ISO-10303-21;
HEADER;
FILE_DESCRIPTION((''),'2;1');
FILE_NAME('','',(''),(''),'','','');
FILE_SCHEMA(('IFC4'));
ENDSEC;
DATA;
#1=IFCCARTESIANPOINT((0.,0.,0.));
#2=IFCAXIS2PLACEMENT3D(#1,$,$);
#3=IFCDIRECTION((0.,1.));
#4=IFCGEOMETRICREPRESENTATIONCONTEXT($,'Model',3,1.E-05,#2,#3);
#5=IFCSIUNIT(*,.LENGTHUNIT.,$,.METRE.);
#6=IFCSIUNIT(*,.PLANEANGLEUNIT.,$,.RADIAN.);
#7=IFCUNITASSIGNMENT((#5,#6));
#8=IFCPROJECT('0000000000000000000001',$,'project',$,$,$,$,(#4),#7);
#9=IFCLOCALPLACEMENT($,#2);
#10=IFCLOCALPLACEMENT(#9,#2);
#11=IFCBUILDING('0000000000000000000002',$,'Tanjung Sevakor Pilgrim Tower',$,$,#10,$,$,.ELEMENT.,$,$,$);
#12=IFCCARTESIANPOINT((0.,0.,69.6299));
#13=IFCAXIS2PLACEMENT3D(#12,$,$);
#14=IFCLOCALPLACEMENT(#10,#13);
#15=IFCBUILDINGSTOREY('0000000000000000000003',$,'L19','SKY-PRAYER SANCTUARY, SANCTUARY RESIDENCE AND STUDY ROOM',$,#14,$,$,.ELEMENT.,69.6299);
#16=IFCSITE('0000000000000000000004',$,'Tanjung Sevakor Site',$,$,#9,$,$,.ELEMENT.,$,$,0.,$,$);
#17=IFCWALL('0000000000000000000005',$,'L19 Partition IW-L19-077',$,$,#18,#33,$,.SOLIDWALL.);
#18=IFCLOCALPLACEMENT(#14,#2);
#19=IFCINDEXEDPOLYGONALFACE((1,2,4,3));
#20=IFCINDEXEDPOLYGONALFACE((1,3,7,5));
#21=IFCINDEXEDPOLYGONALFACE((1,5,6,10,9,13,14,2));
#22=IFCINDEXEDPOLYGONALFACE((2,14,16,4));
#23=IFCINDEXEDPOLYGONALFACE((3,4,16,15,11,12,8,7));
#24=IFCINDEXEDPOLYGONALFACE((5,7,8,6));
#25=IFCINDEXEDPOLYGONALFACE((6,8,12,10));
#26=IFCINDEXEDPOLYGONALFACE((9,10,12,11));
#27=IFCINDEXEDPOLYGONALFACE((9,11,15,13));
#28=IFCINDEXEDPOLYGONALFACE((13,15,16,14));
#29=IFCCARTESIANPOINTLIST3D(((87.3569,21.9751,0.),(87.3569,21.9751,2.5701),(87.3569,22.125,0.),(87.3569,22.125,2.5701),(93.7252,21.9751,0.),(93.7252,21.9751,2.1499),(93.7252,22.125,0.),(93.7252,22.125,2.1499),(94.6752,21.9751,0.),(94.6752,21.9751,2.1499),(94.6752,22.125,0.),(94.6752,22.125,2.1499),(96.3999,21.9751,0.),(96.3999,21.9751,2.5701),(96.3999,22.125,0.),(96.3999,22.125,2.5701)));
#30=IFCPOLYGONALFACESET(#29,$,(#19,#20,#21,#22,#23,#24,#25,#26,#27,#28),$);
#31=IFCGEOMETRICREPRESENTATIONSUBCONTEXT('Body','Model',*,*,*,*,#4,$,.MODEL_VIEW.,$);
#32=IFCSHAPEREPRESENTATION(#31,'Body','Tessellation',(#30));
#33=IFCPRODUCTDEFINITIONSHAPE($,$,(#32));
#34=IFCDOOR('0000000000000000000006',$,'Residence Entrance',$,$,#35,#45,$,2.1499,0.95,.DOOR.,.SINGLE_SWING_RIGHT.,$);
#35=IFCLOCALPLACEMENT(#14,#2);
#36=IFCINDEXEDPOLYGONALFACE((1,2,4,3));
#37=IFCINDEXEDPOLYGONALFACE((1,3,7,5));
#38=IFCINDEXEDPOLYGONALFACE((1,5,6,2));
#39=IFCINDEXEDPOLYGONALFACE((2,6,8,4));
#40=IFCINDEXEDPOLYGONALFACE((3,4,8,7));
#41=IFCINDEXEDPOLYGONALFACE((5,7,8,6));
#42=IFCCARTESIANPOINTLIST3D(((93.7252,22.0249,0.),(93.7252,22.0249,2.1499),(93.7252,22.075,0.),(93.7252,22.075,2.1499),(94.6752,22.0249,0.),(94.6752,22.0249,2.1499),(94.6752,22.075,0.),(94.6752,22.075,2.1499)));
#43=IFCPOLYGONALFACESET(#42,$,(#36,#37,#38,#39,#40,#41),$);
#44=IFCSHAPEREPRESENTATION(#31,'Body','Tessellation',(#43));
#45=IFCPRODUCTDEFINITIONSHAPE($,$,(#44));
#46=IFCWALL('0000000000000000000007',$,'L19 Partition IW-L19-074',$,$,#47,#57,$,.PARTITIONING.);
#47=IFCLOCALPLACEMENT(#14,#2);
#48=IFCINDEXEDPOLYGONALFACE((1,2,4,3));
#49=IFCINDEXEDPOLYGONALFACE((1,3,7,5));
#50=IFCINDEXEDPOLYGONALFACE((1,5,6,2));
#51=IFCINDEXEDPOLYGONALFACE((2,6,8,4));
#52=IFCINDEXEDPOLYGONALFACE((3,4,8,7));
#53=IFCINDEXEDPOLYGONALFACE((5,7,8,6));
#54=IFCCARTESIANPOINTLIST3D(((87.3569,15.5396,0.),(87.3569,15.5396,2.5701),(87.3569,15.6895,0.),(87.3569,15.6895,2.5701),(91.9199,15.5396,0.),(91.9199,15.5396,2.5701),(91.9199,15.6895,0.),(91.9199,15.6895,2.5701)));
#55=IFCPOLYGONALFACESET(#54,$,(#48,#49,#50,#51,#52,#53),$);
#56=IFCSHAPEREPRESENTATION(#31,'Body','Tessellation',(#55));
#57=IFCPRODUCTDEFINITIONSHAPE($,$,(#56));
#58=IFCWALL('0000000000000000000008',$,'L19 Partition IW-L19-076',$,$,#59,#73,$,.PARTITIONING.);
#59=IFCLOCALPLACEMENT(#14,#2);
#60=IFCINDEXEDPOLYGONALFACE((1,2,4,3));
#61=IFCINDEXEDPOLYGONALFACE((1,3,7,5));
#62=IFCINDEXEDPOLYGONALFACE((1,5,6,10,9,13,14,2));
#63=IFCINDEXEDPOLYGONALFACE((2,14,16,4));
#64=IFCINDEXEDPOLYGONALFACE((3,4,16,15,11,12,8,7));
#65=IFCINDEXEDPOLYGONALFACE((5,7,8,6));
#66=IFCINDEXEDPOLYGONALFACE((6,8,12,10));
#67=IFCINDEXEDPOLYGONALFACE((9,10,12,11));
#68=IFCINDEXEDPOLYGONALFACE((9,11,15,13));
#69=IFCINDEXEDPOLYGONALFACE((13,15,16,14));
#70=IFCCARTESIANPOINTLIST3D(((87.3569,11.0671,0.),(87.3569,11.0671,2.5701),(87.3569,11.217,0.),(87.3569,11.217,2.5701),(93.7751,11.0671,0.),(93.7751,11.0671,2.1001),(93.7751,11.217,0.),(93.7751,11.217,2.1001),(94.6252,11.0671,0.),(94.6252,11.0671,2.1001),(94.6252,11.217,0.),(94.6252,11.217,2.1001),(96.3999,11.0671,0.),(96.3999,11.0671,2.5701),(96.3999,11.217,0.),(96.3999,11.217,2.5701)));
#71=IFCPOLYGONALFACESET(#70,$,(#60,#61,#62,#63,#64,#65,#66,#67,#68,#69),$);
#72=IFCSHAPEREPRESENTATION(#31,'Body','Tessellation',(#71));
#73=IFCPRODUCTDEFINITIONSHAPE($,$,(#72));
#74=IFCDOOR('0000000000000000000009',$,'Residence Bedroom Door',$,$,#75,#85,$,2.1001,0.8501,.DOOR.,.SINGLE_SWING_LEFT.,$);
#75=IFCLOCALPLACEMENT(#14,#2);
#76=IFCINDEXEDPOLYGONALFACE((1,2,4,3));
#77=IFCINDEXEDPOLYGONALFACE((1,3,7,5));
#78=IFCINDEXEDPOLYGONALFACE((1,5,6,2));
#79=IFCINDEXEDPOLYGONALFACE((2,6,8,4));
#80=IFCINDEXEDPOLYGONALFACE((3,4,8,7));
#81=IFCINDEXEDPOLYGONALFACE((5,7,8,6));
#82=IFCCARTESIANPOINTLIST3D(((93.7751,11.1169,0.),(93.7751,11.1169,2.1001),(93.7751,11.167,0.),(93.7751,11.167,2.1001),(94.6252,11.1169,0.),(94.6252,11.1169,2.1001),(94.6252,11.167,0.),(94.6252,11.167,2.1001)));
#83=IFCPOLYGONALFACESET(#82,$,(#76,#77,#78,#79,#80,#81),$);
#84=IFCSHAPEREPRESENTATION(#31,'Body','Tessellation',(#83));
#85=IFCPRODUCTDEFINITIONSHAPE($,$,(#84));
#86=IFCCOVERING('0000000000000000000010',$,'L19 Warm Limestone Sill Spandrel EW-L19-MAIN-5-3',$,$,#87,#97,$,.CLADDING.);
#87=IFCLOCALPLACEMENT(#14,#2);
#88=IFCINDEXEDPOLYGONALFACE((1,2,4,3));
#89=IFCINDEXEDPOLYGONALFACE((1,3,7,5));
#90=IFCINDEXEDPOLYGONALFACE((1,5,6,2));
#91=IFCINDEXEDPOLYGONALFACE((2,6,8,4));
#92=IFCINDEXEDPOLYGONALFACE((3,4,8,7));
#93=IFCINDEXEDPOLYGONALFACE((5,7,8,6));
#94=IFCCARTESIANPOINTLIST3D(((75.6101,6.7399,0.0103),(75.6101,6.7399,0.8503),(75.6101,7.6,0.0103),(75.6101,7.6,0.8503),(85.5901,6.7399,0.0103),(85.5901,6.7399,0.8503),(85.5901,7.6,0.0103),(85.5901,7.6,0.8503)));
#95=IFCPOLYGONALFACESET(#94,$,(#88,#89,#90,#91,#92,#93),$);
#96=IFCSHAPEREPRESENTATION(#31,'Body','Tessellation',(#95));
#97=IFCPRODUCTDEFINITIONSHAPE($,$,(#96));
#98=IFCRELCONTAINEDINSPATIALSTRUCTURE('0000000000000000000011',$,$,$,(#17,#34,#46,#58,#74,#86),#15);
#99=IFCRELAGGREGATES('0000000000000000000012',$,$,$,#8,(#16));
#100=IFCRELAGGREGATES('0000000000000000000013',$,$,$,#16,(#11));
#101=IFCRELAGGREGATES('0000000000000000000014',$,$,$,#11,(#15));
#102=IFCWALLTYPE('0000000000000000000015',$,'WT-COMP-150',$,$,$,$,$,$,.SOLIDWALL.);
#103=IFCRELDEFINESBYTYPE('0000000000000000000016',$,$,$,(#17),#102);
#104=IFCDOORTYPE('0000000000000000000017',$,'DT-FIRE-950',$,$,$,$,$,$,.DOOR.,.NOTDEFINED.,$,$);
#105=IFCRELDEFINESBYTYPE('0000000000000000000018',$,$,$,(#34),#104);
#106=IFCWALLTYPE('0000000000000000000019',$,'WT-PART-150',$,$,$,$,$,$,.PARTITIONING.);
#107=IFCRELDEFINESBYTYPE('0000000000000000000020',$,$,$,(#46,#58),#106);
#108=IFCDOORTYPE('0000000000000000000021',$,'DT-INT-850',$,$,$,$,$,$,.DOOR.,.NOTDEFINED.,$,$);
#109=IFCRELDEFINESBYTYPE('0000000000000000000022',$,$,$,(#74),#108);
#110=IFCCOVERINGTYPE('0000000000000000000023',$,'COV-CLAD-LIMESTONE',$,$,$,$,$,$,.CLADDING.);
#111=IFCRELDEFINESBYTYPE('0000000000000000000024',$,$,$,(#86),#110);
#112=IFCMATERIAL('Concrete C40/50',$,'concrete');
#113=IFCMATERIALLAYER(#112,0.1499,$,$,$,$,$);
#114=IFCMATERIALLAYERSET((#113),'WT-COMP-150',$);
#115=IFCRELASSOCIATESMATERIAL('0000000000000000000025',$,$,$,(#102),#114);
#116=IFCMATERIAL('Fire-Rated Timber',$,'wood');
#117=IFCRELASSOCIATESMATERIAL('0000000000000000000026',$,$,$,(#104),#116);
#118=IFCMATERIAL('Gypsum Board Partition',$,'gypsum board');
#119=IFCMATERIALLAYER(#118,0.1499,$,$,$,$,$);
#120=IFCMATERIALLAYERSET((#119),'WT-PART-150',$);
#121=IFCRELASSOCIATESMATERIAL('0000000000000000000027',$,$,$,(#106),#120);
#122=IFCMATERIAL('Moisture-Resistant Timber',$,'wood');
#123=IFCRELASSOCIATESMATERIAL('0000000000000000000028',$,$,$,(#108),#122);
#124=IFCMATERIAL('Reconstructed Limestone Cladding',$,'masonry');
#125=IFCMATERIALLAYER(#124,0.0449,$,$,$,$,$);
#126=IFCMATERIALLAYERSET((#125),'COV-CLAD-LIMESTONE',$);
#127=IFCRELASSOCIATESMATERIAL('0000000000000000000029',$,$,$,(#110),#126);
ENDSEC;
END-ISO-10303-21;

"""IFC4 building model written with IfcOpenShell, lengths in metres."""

from ifc_helpers import new_model, si_unit, direction, frame, frame_2d, origin, origin_2d, place, context, subcontext, project, spatial, rectangle, extrude, material, layer, layer_set, type_object, element, fill, save


model = new_model("IFC4")

# Units and contexts
model_context = context("Model", 3, precision=1e-05, world=origin(), true_north=direction((0.0, 1.0)))
body_context = subcontext(model_context, "Body", "Model", "MODEL_VIEW")
ifc_project = project(units=[si_unit("LENGTHUNIT", "METRE"), si_unit("PLANEANGLEUNIT", "RADIAN")], contexts=[model_context])

# Site, building, storey
site_placement = place(None, origin())
site = spatial("IfcSite", under=ifc_project, at=site_placement, Name="Tanjung Sevakor Site", CompositionType="ELEMENT", RefElevation=0.0)
building_placement = place(site_placement, origin())
building = spatial("IfcBuilding", under=site, at=building_placement, Name="Tanjung Sevakor Pilgrim Tower", CompositionType="ELEMENT")
storey_placement = place(building_placement, frame((0.0, 0.0, 69.6299)))
storey = spatial("IfcBuildingStorey", under=building, at=storey_placement, Name="L19", Description="SKY-PRAYER SANCTUARY, SANCTUARY RESIDENCE AND STUDY ROOM", CompositionType="ELEMENT", Elevation=69.6299)

# Shared definitions
ifc_material_1 = material(Name="Concrete C40/50", Category="concrete")
ifc_layer_1 = layer(ifc_material_1, 0.1499)
ifc_layer_set_1 = layer_set([ifc_layer_1], Name="WT-COMP-150")
wall_type_1 = type_object("IfcWallType", Name="WT-COMP-150", PredefinedType="SOLIDWALL", material=ifc_layer_set_1)

# Wall, opening, door
wall_1_placement = place(storey_placement, frame((87.3569, 22.05, 0.0), z_axis=(0.0, 0.0, 1.0), x_axis=(1.0, 0.0, 0.0)))
wall_1 = element("IfcWall", 1, at=wall_1_placement, inside=storey, type_object=wall_type_1, Name="L19 Partition IW-L19-077", PredefinedType="SOLIDWALL", context=body_context, shape_type="SweptSolid", body=[
    extrude(rectangle(XDim=9.043, YDim=0.1499, at=frame_2d((4.5215, 0.0))), origin(), (0.0, 0.0, 1.0), 2.5701),
])
opening_1_placement = place(wall_1_placement, frame((6.3682, 0.0, 0.0)))
opening_1 = element("IfcOpeningElement", 2, at=opening_1_placement, cuts=wall_1, PredefinedType="OPENING", context=body_context, shape_type="SweptSolid", body=[
    extrude(rectangle(XDim=0.95, YDim=2.1499, at=frame_2d((0.4751, 1.075))), frame((0.0, 0.085, 0.0), z_axis=(0.0, -1.0, 0.0), x_axis=(1.0, 0.0, 0.0)), (0.0, 0.0, 1.0), 0.1699),
])
ifc_material_2 = material(Name="Fire-Rated Timber", Category="wood")
door_type_1 = type_object("IfcDoorType", Name="DT-FIRE-950", OperationType="NOTDEFINED", PredefinedType="DOOR", material=ifc_material_2)
door_1_placement = place(opening_1_placement, origin())
door_1 = element("IfcDoor", 3, at=door_1_placement, inside=storey, type_object=door_type_1, Name="Residence Entrance", OperationType="SINGLE_SWING_RIGHT", OverallHeight=2.1499, OverallWidth=0.95, PredefinedType="DOOR", context=body_context, shape_type="SweptSolid", body=[
    extrude(rectangle(XDim=0.95, YDim=2.1499, at=frame_2d((0.4751, 1.075))), frame((0.0, 0.0249, 0.0), z_axis=(0.0, -1.0, 0.0), x_axis=(1.0, 0.0, 0.0)), (0.0, 0.0, 1.0), 0.05),
])
fill(opening_1, door_1)

# Wall
ifc_material_3 = material(Name="Gypsum Board Partition", Category="gypsum board")
ifc_layer_2 = layer(ifc_material_3, 0.1499)
ifc_layer_set_2 = layer_set([ifc_layer_2], Name="WT-PART-150")
wall_type_2 = type_object("IfcWallType", Name="WT-PART-150", PredefinedType="PARTITIONING", material=ifc_layer_set_2)
wall_2_placement = place(storey_placement, frame((87.3569, 15.6145, 0.0), z_axis=(0.0, 0.0, 1.0), x_axis=(1.0, 0.0, 0.0)))
element("IfcWall", 4, at=wall_2_placement, inside=storey, type_object=wall_type_2, Name="L19 Partition IW-L19-074", PredefinedType="PARTITIONING", context=body_context, shape_type="SweptSolid", body=[
    extrude(rectangle(XDim=4.563, YDim=0.1499, at=frame_2d((2.2815, 0.0))), origin(), (0.0, 0.0, 1.0), 2.5701),
])

# Wall, opening, door
wall_3_placement = place(storey_placement, frame((87.3569, 11.1421, 0.0), z_axis=(0.0, 0.0, 1.0), x_axis=(1.0, 0.0, 0.0)))
wall_3 = element("IfcWall", 5, at=wall_3_placement, inside=storey, type_object=wall_type_2, Name="L19 Partition IW-L19-076", PredefinedType="PARTITIONING", context=body_context, shape_type="SweptSolid", body=[
    extrude(rectangle(XDim=9.043, YDim=0.1499, at=frame_2d((4.5215, 0.0))), origin(), (0.0, 0.0, 1.0), 2.5701),
])
opening_2_placement = place(wall_3_placement, frame((6.4182, 0.0, 0.0)))
opening_2 = element("IfcOpeningElement", 6, at=opening_2_placement, cuts=wall_3, PredefinedType="OPENING", context=body_context, shape_type="SweptSolid", body=[
    extrude(rectangle(XDim=0.8501, YDim=2.1001, at=frame_2d((0.425, 1.05))), frame((0.0, 0.085, 0.0), z_axis=(0.0, -1.0, 0.0), x_axis=(1.0, 0.0, 0.0)), (0.0, 0.0, 1.0), 0.1699),
])
ifc_material_4 = material(Name="Moisture-Resistant Timber", Category="wood")
door_type_2 = type_object("IfcDoorType", Name="DT-INT-850", OperationType="NOTDEFINED", PredefinedType="DOOR", material=ifc_material_4)
door_2_placement = place(opening_2_placement, origin())
door_2 = element("IfcDoor", 7, at=door_2_placement, inside=storey, type_object=door_type_2, Name="Residence Bedroom Door", OperationType="SINGLE_SWING_LEFT", OverallHeight=2.1001, OverallWidth=0.8501, PredefinedType="DOOR", context=body_context, shape_type="SweptSolid", body=[
    extrude(rectangle(XDim=0.8501, YDim=2.1001, at=frame_2d((0.425, 1.05))), frame((0.0, 0.0249, 0.0), z_axis=(0.0, -1.0, 0.0), x_axis=(1.0, 0.0, 0.0)), (0.0, 0.0, 1.0), 0.05),
])
fill(opening_2, door_2)

# Covering
ifc_material_5 = material(Name="Reconstructed Limestone Cladding", Category="masonry")
ifc_layer_3 = layer(ifc_material_5, 0.0449)
ifc_layer_set_3 = layer_set([ifc_layer_3], Name="COV-CLAD-LIMESTONE")
covering_type = type_object("IfcCoveringType", Name="COV-CLAD-LIMESTONE", PredefinedType="CLADDING", material=ifc_layer_set_3)
covering_placement = place(storey_placement, frame((80.6001, 7.1699, 0.0103), z_axis=(0.0, 0.0, 1.0), x_axis=(1.0, 0.0, 0.0)))
element("IfcCovering", 8, at=covering_placement, inside=storey, type_object=covering_type, Name="L19 Warm Limestone Sill Spandrel EW-L19-MAIN-5-3", PredefinedType="CLADDING", context=body_context, shape_type="SweptSolid", body=[
    extrude(rectangle(XDim=9.98, YDim=0.8601, at=origin_2d()), origin(), (0.0, 0.0, 1.0), 0.8401),
])

save(model, "model.ifc")
